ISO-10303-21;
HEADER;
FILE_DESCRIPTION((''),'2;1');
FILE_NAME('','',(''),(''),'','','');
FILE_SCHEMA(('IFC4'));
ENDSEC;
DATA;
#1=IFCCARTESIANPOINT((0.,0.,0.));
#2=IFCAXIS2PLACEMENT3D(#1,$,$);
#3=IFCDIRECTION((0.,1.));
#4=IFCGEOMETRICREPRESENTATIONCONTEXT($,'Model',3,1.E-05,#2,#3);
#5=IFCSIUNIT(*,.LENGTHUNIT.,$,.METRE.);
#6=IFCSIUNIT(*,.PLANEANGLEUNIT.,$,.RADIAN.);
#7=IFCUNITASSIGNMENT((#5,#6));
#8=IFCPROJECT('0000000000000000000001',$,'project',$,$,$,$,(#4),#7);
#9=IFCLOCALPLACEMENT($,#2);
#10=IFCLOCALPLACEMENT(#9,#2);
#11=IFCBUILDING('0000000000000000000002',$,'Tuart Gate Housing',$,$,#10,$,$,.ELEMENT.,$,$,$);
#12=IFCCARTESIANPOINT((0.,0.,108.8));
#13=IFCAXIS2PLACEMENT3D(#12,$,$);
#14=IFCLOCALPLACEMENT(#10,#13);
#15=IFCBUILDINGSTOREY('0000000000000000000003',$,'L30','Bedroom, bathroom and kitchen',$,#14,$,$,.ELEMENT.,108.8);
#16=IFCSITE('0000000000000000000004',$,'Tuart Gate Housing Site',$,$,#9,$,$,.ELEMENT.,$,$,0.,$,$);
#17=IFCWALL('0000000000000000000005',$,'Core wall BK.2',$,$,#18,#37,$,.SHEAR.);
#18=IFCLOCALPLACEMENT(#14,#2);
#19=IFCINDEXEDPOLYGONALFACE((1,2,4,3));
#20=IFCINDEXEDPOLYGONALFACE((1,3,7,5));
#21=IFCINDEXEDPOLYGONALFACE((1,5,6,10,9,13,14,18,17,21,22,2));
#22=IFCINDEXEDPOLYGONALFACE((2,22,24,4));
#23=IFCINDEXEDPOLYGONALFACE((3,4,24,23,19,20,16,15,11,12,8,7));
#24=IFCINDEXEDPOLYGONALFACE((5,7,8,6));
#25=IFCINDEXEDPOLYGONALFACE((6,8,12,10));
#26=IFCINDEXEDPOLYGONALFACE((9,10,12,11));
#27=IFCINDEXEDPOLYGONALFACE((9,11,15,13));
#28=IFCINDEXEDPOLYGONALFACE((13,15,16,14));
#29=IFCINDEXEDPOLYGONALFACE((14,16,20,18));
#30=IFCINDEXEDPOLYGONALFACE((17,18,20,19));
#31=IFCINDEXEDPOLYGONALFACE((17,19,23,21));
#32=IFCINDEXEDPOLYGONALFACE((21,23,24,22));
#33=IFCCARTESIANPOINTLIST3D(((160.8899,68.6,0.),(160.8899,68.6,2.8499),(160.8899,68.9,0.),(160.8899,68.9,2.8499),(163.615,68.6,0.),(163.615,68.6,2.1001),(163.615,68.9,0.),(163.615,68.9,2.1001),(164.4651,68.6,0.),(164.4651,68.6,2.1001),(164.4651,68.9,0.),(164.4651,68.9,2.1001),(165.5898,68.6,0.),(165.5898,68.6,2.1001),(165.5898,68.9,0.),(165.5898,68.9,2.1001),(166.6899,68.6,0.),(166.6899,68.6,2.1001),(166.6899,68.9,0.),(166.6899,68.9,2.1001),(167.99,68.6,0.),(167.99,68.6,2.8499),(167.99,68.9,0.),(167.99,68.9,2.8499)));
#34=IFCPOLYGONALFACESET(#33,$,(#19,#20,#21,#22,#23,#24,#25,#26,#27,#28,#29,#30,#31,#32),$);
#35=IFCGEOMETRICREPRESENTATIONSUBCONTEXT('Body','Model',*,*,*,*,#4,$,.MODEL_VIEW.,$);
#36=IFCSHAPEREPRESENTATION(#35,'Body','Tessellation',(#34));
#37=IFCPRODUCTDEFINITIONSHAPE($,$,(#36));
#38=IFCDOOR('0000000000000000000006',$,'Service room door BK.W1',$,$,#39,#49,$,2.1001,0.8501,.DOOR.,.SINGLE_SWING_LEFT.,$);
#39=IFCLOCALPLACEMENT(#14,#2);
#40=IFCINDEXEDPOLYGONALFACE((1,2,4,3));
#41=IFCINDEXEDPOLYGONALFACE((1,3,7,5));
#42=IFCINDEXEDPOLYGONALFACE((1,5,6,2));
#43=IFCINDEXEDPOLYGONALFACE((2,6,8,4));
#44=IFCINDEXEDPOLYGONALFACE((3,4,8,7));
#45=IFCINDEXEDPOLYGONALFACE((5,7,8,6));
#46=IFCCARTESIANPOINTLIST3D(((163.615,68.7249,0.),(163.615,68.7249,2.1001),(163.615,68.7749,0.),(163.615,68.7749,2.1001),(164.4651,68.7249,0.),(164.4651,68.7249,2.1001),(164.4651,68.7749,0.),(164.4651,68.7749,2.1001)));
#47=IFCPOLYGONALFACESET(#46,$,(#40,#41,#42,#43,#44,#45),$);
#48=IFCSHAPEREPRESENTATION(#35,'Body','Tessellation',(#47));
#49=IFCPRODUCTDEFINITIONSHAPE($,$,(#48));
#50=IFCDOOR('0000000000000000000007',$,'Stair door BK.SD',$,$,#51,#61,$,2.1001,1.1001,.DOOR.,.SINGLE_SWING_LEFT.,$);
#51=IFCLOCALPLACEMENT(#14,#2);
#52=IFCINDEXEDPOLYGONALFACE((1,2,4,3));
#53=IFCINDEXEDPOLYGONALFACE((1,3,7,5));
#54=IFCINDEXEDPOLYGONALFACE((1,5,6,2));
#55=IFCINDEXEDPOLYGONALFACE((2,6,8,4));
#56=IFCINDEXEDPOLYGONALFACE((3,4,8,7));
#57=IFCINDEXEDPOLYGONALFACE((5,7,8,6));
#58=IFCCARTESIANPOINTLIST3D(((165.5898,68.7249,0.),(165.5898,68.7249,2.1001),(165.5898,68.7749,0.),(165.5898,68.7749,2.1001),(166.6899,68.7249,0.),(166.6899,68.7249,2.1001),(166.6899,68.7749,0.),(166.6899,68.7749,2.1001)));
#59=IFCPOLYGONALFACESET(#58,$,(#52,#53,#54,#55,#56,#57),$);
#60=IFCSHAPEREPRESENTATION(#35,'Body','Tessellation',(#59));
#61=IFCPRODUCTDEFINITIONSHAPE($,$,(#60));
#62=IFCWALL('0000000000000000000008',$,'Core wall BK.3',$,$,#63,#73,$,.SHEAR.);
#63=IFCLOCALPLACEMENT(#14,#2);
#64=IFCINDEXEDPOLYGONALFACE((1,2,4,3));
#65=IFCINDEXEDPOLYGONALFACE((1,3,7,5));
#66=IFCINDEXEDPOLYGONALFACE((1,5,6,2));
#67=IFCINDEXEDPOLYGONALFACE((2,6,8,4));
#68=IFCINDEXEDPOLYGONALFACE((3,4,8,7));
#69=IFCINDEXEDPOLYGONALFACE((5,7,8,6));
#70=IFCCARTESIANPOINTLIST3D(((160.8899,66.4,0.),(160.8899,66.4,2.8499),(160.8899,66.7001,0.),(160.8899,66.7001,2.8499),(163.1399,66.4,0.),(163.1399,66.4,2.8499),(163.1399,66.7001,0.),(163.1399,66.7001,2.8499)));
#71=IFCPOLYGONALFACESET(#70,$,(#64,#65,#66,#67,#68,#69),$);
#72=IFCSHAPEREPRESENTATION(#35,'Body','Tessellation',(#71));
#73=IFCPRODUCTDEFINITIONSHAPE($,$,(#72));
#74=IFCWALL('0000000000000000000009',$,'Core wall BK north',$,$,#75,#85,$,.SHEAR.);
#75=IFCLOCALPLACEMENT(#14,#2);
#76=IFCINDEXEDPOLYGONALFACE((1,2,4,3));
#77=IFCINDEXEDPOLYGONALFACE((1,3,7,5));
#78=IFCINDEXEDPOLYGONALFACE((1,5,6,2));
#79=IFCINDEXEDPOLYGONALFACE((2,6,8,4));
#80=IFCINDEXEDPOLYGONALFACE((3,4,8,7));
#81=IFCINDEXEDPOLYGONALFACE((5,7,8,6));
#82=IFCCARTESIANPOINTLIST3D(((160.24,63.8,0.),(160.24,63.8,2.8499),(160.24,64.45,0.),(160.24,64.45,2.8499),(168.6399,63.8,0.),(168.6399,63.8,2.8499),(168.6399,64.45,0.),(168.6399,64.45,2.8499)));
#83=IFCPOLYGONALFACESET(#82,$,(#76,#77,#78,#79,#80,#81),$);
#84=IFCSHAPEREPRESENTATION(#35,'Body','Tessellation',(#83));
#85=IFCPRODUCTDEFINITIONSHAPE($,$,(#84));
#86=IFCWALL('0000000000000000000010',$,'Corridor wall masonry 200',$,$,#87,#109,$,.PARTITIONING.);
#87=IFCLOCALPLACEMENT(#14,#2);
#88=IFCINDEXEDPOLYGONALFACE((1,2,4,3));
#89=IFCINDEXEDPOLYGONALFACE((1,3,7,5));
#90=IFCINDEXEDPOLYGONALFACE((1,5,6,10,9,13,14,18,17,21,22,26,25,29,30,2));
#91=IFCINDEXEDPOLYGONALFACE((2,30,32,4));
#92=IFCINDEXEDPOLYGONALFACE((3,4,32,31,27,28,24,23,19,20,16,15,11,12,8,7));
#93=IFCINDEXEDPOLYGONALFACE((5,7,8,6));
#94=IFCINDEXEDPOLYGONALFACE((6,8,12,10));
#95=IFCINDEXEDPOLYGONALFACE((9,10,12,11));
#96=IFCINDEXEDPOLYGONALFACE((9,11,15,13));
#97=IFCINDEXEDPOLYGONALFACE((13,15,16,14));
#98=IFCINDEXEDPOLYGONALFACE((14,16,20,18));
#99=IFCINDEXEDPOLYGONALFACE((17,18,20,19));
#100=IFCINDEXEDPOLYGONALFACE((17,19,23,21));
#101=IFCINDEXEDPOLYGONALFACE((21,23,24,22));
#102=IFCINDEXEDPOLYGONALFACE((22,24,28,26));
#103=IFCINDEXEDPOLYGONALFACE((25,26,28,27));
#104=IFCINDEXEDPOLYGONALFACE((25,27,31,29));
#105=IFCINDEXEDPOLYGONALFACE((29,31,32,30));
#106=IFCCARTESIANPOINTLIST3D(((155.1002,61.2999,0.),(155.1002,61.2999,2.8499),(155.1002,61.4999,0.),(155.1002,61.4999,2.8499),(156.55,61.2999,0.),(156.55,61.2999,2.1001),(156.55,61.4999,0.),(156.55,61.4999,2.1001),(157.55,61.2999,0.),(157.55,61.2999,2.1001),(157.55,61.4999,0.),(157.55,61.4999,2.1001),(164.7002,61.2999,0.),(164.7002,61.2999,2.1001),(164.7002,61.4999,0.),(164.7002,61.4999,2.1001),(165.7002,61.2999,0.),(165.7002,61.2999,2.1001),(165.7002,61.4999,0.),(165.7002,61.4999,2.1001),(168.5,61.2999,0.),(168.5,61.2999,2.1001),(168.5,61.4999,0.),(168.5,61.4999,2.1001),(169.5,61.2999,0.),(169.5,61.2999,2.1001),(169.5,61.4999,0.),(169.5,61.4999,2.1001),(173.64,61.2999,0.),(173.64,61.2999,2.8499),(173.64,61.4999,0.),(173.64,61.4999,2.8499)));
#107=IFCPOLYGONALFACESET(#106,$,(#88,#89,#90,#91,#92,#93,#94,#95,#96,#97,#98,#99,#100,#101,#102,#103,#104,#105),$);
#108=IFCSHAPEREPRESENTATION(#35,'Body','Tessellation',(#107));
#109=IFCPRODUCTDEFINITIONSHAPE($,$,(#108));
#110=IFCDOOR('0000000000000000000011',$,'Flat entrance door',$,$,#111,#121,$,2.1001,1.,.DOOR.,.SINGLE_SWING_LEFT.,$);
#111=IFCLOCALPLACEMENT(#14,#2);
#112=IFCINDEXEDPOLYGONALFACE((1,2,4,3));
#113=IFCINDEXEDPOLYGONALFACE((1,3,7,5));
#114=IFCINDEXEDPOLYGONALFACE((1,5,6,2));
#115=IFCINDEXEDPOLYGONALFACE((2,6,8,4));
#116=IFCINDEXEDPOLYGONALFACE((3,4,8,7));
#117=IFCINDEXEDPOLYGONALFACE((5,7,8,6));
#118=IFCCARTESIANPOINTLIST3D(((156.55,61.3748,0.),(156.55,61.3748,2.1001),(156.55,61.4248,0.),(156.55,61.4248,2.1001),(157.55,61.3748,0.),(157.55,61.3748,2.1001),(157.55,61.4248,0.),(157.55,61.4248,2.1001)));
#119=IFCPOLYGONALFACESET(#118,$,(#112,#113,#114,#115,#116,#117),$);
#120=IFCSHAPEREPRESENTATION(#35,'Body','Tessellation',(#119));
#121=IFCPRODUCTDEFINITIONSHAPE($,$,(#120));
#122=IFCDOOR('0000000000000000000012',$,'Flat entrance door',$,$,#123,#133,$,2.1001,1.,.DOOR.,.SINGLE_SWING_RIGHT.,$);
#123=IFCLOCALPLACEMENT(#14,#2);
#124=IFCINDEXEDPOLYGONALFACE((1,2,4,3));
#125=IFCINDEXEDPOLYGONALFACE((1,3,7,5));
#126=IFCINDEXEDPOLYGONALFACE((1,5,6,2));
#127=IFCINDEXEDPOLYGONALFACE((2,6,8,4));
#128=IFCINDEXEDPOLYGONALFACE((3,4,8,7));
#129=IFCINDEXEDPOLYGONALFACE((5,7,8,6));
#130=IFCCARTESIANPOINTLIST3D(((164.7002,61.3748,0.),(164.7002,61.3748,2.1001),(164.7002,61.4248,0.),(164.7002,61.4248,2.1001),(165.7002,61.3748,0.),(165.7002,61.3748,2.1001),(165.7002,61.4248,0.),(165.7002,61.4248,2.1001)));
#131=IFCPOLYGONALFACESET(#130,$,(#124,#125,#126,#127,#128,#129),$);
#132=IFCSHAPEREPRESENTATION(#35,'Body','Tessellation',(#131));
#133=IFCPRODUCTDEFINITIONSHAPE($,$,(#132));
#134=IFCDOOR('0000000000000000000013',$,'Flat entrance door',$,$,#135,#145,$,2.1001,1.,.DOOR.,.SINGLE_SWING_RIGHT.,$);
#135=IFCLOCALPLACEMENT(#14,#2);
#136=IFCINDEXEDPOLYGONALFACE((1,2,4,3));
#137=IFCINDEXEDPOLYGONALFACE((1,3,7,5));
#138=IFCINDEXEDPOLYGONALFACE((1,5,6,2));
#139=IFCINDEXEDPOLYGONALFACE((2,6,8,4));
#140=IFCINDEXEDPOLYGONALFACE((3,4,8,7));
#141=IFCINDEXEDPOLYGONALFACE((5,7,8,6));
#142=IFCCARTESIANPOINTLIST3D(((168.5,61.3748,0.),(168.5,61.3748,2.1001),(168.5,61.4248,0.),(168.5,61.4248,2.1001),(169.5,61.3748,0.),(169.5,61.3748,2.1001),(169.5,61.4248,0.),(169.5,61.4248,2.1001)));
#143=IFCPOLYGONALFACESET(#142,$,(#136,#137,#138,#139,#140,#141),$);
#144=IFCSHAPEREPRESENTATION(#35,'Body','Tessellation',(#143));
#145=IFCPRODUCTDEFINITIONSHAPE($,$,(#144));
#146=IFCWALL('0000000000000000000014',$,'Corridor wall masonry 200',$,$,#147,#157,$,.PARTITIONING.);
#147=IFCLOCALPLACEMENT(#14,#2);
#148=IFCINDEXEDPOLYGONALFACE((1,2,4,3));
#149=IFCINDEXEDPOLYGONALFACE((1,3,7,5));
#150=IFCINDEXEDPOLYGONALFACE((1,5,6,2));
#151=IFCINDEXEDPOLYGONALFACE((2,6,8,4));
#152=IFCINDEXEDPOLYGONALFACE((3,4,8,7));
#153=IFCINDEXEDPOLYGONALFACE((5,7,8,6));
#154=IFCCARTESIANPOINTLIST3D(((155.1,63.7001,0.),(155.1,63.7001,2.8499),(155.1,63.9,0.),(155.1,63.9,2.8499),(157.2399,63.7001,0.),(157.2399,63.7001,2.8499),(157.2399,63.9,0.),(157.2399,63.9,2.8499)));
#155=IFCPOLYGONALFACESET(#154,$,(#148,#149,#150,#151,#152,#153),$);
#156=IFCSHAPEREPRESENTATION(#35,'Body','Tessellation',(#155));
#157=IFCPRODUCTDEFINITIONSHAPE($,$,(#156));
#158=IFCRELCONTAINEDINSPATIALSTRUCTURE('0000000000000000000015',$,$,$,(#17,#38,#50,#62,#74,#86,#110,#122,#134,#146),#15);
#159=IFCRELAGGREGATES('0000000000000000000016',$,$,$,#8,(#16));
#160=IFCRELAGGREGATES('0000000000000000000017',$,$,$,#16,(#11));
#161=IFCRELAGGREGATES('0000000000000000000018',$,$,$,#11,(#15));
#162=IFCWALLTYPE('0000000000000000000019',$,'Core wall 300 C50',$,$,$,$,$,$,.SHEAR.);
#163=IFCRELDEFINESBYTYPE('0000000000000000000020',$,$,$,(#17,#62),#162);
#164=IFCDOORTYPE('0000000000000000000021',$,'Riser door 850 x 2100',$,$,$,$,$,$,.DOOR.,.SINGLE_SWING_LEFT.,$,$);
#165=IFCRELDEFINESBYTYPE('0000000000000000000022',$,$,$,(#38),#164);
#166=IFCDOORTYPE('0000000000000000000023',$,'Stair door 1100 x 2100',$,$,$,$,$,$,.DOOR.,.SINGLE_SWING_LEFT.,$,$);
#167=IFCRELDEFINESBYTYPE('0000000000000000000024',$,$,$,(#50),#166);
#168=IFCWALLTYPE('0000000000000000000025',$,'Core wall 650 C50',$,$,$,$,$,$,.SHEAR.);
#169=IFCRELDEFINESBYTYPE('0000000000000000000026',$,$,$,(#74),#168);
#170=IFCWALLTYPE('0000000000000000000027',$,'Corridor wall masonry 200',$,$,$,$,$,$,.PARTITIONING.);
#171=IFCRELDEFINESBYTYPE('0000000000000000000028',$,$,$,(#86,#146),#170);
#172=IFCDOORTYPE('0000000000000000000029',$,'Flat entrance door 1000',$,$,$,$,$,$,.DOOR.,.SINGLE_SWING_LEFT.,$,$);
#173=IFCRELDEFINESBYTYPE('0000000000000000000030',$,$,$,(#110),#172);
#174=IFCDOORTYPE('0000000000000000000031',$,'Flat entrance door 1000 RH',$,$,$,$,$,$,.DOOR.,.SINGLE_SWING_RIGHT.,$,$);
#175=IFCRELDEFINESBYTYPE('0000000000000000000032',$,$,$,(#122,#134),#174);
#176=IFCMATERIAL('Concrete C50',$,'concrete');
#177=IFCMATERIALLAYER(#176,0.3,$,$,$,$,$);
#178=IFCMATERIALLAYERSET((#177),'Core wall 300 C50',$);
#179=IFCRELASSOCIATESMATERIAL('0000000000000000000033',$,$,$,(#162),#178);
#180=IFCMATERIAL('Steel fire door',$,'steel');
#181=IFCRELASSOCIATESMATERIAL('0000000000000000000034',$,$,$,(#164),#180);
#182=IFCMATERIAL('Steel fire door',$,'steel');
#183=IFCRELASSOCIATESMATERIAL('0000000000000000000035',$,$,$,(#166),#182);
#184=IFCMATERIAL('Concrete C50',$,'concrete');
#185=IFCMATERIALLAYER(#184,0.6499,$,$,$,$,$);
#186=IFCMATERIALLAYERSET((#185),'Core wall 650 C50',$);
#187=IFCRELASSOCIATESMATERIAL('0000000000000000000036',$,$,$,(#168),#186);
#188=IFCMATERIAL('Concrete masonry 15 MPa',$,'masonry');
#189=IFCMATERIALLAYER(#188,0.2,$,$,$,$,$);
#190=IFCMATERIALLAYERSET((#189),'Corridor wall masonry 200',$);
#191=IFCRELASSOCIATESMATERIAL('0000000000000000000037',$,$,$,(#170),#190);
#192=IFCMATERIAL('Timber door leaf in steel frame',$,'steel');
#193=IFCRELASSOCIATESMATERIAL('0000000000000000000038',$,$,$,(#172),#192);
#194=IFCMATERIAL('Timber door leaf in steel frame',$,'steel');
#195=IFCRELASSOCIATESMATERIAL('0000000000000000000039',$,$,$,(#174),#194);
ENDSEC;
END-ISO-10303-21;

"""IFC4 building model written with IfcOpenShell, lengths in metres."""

from ifc_helpers import new_model, si_unit, direction, frame, frame_2d, origin, place, context, subcontext, project, spatial, rectangle, extrude, material, layer, layer_set, type_object, element, fill, save


model = new_model("IFC4")

# Units and contexts
model_context = context("Model", 3, precision=1e-05, world=origin(), true_north=direction((0.0, 1.0)))
body_context = subcontext(model_context, "Body", "Model", "MODEL_VIEW")
ifc_project = project(units=[si_unit("LENGTHUNIT", "METRE"), si_unit("PLANEANGLEUNIT", "RADIAN")], contexts=[model_context])

# Site, building, storey
site_placement = place(None, origin())
site = spatial("IfcSite", under=ifc_project, at=site_placement, Name="Tuart Gate Housing Site", CompositionType="ELEMENT", RefElevation=0.0)
building_placement = place(site_placement, origin())
building = spatial("IfcBuilding", under=site, at=building_placement, Name="Tuart Gate Housing", CompositionType="ELEMENT")
storey_placement = place(building_placement, frame((0.0, 0.0, 108.8)))
storey = spatial("IfcBuildingStorey", under=building, at=storey_placement, Name="L30", Description="Bedroom, bathroom and kitchen", CompositionType="ELEMENT", Elevation=108.8)

# Wall, openings, doors
ifc_material_1 = material(Name="Concrete C50", Category="concrete")
ifc_layer_1 = layer(ifc_material_1, 0.3)
ifc_layer_set_1 = layer_set([ifc_layer_1], Name="Core wall 300 C50")
wall_type_1 = type_object("IfcWallType", Name="Core wall 300 C50", PredefinedType="SHEAR", material=ifc_layer_set_1)
wall_1_placement = place(storey_placement, frame((160.8899, 68.75, 0.0), z_axis=(0.0, 0.0, 1.0), x_axis=(1.0, 0.0, 0.0)))
wall_1 = element("IfcWall", 1, at=wall_1_placement, inside=storey, type_object=wall_type_1, Name="Core wall BK.2", PredefinedType="SHEAR", context=body_context, shape_type="SweptSolid", body=[
    extrude(rectangle(XDim=7.1001, YDim=0.3, at=frame_2d((3.55, 0.0))), origin(), (0.0, 0.0, 1.0), 2.8499),
])
opening_1_placement = place(wall_1_placement, frame((4.7, 0.0, 0.0)))
opening_1 = element("IfcOpeningElement", 2, at=opening_1_placement, cuts=wall_1, PredefinedType="OPENING", context=body_context, shape_type="SweptSolid", body=[
    extrude(rectangle(XDim=1.1001, YDim=2.1001, at=frame_2d((0.55, 1.05))), frame((0.0, 0.1599, 0.0), z_axis=(0.0, -1.0, 0.0), x_axis=(1.0, 0.0, 0.0)), (0.0, 0.0, 1.0), 0.3201),
])
opening_2_placement = place(wall_1_placement, frame((2.7251, 0.0, 0.0)))
opening_2 = element("IfcOpeningElement", 3, at=opening_2_placement, cuts=wall_1, PredefinedType="OPENING", context=body_context, shape_type="SweptSolid", body=[
    extrude(rectangle(XDim=0.8501, YDim=2.1001, at=frame_2d((0.425, 1.05))), frame((0.0, 0.1599, 0.0), z_axis=(0.0, -1.0, 0.0), x_axis=(1.0, 0.0, 0.0)), (0.0, 0.0, 1.0), 0.3201),
])
ifc_material_2 = material(Name="Steel fire door", Category="steel")
door_type_1 = type_object("IfcDoorType", Name="Riser door 850 x 2100", OperationType="SINGLE_SWING_LEFT", PredefinedType="DOOR", material=ifc_material_2)
door_1_placement = place(opening_2_placement, origin())
door_1 = element("IfcDoor", 4, at=door_1_placement, inside=storey, type_object=door_type_1, Name="Service room door BK.W1", OperationType="SINGLE_SWING_LEFT", OverallHeight=2.1001, OverallWidth=0.8501, PredefinedType="DOOR", context=body_context, shape_type="SweptSolid", body=[
    extrude(rectangle(XDim=0.8501, YDim=2.1001, at=frame_2d((0.425, 1.05))), frame((0.0, 0.0249, 0.0), z_axis=(0.0, -1.0, 0.0), x_axis=(1.0, 0.0, 0.0)), (0.0, 0.0, 1.0), 0.05),
])
fill(opening_2, door_1)
ifc_material_3 = material(Name="Steel fire door", Category="steel")
door_type_2 = type_object("IfcDoorType", Name="Stair door 1100 x 2100", OperationType="SINGLE_SWING_LEFT", PredefinedType="DOOR", material=ifc_material_3)
door_2_placement = place(opening_1_placement, origin())
door_2 = element("IfcDoor", 5, at=door_2_placement, inside=storey, type_object=door_type_2, Name="Stair door BK.SD", OperationType="SINGLE_SWING_LEFT", OverallHeight=2.1001, OverallWidth=1.1001, PredefinedType="DOOR", context=body_context, shape_type="SweptSolid", body=[
    extrude(rectangle(XDim=1.1001, YDim=2.1001, at=frame_2d((0.55, 1.05))), frame((0.0, 0.0249, 0.0), z_axis=(0.0, -1.0, 0.0), x_axis=(1.0, 0.0, 0.0)), (0.0, 0.0, 1.0), 0.05),
])
fill(opening_1, door_2)

# Walls
wall_2_placement = place(storey_placement, frame((160.8899, 66.55, 0.0), z_axis=(0.0, 0.0, 1.0), x_axis=(1.0, 0.0, 0.0)))
element("IfcWall", 6, at=wall_2_placement, inside=storey, type_object=wall_type_1, Name="Core wall BK.3", PredefinedType="SHEAR", context=body_context, shape_type="SweptSolid", body=[
    extrude(rectangle(XDim=2.25, YDim=0.3, at=frame_2d((1.125, 0.0))), origin(), (0.0, 0.0, 1.0), 2.8499),
])
ifc_material_4 = material(Name="Concrete C50", Category="concrete")
ifc_layer_2 = layer(ifc_material_4, 0.6499)
ifc_layer_set_2 = layer_set([ifc_layer_2], Name="Core wall 650 C50")
wall_type_2 = type_object("IfcWallType", Name="Core wall 650 C50", PredefinedType="SHEAR", material=ifc_layer_set_2)
wall_3_placement = place(storey_placement, frame((160.24, 64.125, 0.0), z_axis=(0.0, 0.0, 1.0), x_axis=(1.0, 0.0, 0.0)))
element("IfcWall", 7, at=wall_3_placement, inside=storey, type_object=wall_type_2, Name="Core wall BK north", PredefinedType="SHEAR", context=body_context, shape_type="SweptSolid", body=[
    extrude(rectangle(XDim=8.3999, YDim=0.6499, at=frame_2d((4.2, 0.0))), origin(), (0.0, 0.0, 1.0), 2.8499),
])

# Wall, openings, doors
ifc_material_5 = material(Name="Concrete masonry 15 MPa", Category="masonry")
ifc_layer_3 = layer(ifc_material_5, 0.2)
ifc_layer_set_3 = layer_set([ifc_layer_3], Name="Corridor wall masonry 200")
wall_type_3 = type_object("IfcWallType", Name="Corridor wall masonry 200", PredefinedType="PARTITIONING", material=ifc_layer_set_3)
wall_4_placement = place(storey_placement, frame((155.1001, 61.3999, 0.0), z_axis=(0.0, 0.0, 1.0), x_axis=(1.0, 0.0, 0.0)))
wall_4 = element("IfcWall", 8, at=wall_4_placement, inside=storey, type_object=wall_type_3, Name="Corridor wall masonry 200", PredefinedType="PARTITIONING", context=body_context, shape_type="SweptSolid", body=[
    extrude(rectangle(XDim=18.5398, YDim=0.2, at=frame_2d((9.27, 0.0))), origin(), (0.0, 0.0, 1.0), 2.8499),
])
opening_3_placement = place(wall_4_placement, frame((1.45, 0.0, 0.0)))
opening_3 = element("IfcOpeningElement", 9, at=opening_3_placement, cuts=wall_4, PredefinedType="OPENING", context=body_context, shape_type="SweptSolid", body=[
    extrude(rectangle(XDim=1.0, YDim=2.1001, at=frame_2d((0.5, 1.05))), frame((0.0, 0.1099, 0.0), z_axis=(0.0, -1.0, 0.0), x_axis=(1.0, 0.0, 0.0)), (0.0, 0.0, 1.0), 0.22),
])
opening_4_placement = place(wall_4_placement, frame((9.6001, 0.0, 0.0)))
opening_4 = element("IfcOpeningElement", 10, at=opening_4_placement, cuts=wall_4, PredefinedType="OPENING", context=body_context, shape_type="SweptSolid", body=[
    extrude(rectangle(XDim=1.0, YDim=2.1001, at=frame_2d((0.5, 1.05))), frame((0.0, 0.1099, 0.0), z_axis=(0.0, -1.0, 0.0), x_axis=(1.0, 0.0, 0.0)), (0.0, 0.0, 1.0), 0.22),
])
opening_5_placement = place(wall_4_placement, frame((13.3999, 0.0, 0.0)))
opening_5 = element("IfcOpeningElement", 11, at=opening_5_placement, cuts=wall_4, PredefinedType="OPENING", context=body_context, shape_type="SweptSolid", body=[
    extrude(rectangle(XDim=1.0, YDim=2.1001, at=frame_2d((0.5, 1.05))), frame((0.0, 0.1099, 0.0), z_axis=(0.0, -1.0, 0.0), x_axis=(1.0, 0.0, 0.0)), (0.0, 0.0, 1.0), 0.22),
])
ifc_material_6 = material(Name="Timber door leaf in steel frame", Category="steel")
door_type_3 = type_object("IfcDoorType", Name="Flat entrance door 1000", OperationType="SINGLE_SWING_LEFT", PredefinedType="DOOR", material=ifc_material_6)
door_3_placement = place(opening_3_placement, frame((1.0, 0.0, 0.0), z_axis=(0.0, 0.0, 1.0), x_axis=(-1.0, 0.0, 0.0)))
door_3 = element("IfcDoor", 12, at=door_3_placement, inside=storey, type_object=door_type_3, Name="Flat entrance door", OperationType="SINGLE_SWING_LEFT", OverallHeight=2.1001, OverallWidth=1.0, PredefinedType="DOOR", context=body_context, shape_type="SweptSolid", body=[
    extrude(rectangle(XDim=1.0, YDim=2.1001, at=frame_2d((0.5, 1.05))), frame((0.0, 0.0251, 0.0), z_axis=(0.0, -1.0, 0.0), x_axis=(1.0, 0.0, 0.0)), (0.0, 0.0, 1.0), 0.05),
])
fill(opening_3, door_3)
ifc_material_7 = material(Name="Timber door leaf in steel frame", Category="steel")
door_type_4 = type_object("IfcDoorType", Name="Flat entrance door 1000 RH", OperationType="SINGLE_SWING_RIGHT", PredefinedType="DOOR", material=ifc_material_7)
door_4_placement = place(opening_4_placement, frame((1.0, 0.0, 0.0), z_axis=(0.0, 0.0, 1.0), x_axis=(-1.0, 0.0, 0.0)))
door_4 = element("IfcDoor", 13, at=door_4_placement, inside=storey, type_object=door_type_4, Name="Flat entrance door", OperationType="SINGLE_SWING_RIGHT", OverallHeight=2.1001, OverallWidth=1.0, PredefinedType="DOOR", context=body_context, shape_type="SweptSolid", body=[
    extrude(rectangle(XDim=1.0, YDim=2.1001, at=frame_2d((0.5, 1.05))), frame((0.0, 0.0251, 0.0), z_axis=(0.0, -1.0, 0.0), x_axis=(1.0, 0.0, 0.0)), (0.0, 0.0, 1.0), 0.05),
])
fill(opening_4, door_4)
door_5_placement = place(opening_5_placement, frame((1.0, 0.0, 0.0), z_axis=(0.0, 0.0, 1.0), x_axis=(-1.0, 0.0, 0.0)))
door_5 = element("IfcDoor", 14, at=door_5_placement, inside=storey, type_object=door_type_4, Name="Flat entrance door", OperationType="SINGLE_SWING_RIGHT", OverallHeight=2.1001, OverallWidth=1.0, PredefinedType="DOOR", context=body_context, shape_type="SweptSolid", body=[
    extrude(rectangle(XDim=1.0, YDim=2.1001, at=frame_2d((0.5, 1.05))), frame((0.0, 0.0251, 0.0), z_axis=(0.0, -1.0, 0.0), x_axis=(1.0, 0.0, 0.0)), (0.0, 0.0, 1.0), 0.05),
])
fill(opening_5, door_5)

# Wall
wall_5_placement = place(storey_placement, frame((155.1001, 63.8, 0.0), z_axis=(0.0, 0.0, 1.0), x_axis=(1.0, 0.0, 0.0)))
element("IfcWall", 15, at=wall_5_placement, inside=storey, type_object=wall_type_3, Name="Corridor wall masonry 200", PredefinedType="PARTITIONING", context=body_context, shape_type="SweptSolid", body=[
    extrude(rectangle(XDim=2.1399, YDim=0.2, at=frame_2d((1.0698, 0.0))), origin(), (0.0, 0.0, 1.0), 2.8499),
])

save(model, "model.ifc")
